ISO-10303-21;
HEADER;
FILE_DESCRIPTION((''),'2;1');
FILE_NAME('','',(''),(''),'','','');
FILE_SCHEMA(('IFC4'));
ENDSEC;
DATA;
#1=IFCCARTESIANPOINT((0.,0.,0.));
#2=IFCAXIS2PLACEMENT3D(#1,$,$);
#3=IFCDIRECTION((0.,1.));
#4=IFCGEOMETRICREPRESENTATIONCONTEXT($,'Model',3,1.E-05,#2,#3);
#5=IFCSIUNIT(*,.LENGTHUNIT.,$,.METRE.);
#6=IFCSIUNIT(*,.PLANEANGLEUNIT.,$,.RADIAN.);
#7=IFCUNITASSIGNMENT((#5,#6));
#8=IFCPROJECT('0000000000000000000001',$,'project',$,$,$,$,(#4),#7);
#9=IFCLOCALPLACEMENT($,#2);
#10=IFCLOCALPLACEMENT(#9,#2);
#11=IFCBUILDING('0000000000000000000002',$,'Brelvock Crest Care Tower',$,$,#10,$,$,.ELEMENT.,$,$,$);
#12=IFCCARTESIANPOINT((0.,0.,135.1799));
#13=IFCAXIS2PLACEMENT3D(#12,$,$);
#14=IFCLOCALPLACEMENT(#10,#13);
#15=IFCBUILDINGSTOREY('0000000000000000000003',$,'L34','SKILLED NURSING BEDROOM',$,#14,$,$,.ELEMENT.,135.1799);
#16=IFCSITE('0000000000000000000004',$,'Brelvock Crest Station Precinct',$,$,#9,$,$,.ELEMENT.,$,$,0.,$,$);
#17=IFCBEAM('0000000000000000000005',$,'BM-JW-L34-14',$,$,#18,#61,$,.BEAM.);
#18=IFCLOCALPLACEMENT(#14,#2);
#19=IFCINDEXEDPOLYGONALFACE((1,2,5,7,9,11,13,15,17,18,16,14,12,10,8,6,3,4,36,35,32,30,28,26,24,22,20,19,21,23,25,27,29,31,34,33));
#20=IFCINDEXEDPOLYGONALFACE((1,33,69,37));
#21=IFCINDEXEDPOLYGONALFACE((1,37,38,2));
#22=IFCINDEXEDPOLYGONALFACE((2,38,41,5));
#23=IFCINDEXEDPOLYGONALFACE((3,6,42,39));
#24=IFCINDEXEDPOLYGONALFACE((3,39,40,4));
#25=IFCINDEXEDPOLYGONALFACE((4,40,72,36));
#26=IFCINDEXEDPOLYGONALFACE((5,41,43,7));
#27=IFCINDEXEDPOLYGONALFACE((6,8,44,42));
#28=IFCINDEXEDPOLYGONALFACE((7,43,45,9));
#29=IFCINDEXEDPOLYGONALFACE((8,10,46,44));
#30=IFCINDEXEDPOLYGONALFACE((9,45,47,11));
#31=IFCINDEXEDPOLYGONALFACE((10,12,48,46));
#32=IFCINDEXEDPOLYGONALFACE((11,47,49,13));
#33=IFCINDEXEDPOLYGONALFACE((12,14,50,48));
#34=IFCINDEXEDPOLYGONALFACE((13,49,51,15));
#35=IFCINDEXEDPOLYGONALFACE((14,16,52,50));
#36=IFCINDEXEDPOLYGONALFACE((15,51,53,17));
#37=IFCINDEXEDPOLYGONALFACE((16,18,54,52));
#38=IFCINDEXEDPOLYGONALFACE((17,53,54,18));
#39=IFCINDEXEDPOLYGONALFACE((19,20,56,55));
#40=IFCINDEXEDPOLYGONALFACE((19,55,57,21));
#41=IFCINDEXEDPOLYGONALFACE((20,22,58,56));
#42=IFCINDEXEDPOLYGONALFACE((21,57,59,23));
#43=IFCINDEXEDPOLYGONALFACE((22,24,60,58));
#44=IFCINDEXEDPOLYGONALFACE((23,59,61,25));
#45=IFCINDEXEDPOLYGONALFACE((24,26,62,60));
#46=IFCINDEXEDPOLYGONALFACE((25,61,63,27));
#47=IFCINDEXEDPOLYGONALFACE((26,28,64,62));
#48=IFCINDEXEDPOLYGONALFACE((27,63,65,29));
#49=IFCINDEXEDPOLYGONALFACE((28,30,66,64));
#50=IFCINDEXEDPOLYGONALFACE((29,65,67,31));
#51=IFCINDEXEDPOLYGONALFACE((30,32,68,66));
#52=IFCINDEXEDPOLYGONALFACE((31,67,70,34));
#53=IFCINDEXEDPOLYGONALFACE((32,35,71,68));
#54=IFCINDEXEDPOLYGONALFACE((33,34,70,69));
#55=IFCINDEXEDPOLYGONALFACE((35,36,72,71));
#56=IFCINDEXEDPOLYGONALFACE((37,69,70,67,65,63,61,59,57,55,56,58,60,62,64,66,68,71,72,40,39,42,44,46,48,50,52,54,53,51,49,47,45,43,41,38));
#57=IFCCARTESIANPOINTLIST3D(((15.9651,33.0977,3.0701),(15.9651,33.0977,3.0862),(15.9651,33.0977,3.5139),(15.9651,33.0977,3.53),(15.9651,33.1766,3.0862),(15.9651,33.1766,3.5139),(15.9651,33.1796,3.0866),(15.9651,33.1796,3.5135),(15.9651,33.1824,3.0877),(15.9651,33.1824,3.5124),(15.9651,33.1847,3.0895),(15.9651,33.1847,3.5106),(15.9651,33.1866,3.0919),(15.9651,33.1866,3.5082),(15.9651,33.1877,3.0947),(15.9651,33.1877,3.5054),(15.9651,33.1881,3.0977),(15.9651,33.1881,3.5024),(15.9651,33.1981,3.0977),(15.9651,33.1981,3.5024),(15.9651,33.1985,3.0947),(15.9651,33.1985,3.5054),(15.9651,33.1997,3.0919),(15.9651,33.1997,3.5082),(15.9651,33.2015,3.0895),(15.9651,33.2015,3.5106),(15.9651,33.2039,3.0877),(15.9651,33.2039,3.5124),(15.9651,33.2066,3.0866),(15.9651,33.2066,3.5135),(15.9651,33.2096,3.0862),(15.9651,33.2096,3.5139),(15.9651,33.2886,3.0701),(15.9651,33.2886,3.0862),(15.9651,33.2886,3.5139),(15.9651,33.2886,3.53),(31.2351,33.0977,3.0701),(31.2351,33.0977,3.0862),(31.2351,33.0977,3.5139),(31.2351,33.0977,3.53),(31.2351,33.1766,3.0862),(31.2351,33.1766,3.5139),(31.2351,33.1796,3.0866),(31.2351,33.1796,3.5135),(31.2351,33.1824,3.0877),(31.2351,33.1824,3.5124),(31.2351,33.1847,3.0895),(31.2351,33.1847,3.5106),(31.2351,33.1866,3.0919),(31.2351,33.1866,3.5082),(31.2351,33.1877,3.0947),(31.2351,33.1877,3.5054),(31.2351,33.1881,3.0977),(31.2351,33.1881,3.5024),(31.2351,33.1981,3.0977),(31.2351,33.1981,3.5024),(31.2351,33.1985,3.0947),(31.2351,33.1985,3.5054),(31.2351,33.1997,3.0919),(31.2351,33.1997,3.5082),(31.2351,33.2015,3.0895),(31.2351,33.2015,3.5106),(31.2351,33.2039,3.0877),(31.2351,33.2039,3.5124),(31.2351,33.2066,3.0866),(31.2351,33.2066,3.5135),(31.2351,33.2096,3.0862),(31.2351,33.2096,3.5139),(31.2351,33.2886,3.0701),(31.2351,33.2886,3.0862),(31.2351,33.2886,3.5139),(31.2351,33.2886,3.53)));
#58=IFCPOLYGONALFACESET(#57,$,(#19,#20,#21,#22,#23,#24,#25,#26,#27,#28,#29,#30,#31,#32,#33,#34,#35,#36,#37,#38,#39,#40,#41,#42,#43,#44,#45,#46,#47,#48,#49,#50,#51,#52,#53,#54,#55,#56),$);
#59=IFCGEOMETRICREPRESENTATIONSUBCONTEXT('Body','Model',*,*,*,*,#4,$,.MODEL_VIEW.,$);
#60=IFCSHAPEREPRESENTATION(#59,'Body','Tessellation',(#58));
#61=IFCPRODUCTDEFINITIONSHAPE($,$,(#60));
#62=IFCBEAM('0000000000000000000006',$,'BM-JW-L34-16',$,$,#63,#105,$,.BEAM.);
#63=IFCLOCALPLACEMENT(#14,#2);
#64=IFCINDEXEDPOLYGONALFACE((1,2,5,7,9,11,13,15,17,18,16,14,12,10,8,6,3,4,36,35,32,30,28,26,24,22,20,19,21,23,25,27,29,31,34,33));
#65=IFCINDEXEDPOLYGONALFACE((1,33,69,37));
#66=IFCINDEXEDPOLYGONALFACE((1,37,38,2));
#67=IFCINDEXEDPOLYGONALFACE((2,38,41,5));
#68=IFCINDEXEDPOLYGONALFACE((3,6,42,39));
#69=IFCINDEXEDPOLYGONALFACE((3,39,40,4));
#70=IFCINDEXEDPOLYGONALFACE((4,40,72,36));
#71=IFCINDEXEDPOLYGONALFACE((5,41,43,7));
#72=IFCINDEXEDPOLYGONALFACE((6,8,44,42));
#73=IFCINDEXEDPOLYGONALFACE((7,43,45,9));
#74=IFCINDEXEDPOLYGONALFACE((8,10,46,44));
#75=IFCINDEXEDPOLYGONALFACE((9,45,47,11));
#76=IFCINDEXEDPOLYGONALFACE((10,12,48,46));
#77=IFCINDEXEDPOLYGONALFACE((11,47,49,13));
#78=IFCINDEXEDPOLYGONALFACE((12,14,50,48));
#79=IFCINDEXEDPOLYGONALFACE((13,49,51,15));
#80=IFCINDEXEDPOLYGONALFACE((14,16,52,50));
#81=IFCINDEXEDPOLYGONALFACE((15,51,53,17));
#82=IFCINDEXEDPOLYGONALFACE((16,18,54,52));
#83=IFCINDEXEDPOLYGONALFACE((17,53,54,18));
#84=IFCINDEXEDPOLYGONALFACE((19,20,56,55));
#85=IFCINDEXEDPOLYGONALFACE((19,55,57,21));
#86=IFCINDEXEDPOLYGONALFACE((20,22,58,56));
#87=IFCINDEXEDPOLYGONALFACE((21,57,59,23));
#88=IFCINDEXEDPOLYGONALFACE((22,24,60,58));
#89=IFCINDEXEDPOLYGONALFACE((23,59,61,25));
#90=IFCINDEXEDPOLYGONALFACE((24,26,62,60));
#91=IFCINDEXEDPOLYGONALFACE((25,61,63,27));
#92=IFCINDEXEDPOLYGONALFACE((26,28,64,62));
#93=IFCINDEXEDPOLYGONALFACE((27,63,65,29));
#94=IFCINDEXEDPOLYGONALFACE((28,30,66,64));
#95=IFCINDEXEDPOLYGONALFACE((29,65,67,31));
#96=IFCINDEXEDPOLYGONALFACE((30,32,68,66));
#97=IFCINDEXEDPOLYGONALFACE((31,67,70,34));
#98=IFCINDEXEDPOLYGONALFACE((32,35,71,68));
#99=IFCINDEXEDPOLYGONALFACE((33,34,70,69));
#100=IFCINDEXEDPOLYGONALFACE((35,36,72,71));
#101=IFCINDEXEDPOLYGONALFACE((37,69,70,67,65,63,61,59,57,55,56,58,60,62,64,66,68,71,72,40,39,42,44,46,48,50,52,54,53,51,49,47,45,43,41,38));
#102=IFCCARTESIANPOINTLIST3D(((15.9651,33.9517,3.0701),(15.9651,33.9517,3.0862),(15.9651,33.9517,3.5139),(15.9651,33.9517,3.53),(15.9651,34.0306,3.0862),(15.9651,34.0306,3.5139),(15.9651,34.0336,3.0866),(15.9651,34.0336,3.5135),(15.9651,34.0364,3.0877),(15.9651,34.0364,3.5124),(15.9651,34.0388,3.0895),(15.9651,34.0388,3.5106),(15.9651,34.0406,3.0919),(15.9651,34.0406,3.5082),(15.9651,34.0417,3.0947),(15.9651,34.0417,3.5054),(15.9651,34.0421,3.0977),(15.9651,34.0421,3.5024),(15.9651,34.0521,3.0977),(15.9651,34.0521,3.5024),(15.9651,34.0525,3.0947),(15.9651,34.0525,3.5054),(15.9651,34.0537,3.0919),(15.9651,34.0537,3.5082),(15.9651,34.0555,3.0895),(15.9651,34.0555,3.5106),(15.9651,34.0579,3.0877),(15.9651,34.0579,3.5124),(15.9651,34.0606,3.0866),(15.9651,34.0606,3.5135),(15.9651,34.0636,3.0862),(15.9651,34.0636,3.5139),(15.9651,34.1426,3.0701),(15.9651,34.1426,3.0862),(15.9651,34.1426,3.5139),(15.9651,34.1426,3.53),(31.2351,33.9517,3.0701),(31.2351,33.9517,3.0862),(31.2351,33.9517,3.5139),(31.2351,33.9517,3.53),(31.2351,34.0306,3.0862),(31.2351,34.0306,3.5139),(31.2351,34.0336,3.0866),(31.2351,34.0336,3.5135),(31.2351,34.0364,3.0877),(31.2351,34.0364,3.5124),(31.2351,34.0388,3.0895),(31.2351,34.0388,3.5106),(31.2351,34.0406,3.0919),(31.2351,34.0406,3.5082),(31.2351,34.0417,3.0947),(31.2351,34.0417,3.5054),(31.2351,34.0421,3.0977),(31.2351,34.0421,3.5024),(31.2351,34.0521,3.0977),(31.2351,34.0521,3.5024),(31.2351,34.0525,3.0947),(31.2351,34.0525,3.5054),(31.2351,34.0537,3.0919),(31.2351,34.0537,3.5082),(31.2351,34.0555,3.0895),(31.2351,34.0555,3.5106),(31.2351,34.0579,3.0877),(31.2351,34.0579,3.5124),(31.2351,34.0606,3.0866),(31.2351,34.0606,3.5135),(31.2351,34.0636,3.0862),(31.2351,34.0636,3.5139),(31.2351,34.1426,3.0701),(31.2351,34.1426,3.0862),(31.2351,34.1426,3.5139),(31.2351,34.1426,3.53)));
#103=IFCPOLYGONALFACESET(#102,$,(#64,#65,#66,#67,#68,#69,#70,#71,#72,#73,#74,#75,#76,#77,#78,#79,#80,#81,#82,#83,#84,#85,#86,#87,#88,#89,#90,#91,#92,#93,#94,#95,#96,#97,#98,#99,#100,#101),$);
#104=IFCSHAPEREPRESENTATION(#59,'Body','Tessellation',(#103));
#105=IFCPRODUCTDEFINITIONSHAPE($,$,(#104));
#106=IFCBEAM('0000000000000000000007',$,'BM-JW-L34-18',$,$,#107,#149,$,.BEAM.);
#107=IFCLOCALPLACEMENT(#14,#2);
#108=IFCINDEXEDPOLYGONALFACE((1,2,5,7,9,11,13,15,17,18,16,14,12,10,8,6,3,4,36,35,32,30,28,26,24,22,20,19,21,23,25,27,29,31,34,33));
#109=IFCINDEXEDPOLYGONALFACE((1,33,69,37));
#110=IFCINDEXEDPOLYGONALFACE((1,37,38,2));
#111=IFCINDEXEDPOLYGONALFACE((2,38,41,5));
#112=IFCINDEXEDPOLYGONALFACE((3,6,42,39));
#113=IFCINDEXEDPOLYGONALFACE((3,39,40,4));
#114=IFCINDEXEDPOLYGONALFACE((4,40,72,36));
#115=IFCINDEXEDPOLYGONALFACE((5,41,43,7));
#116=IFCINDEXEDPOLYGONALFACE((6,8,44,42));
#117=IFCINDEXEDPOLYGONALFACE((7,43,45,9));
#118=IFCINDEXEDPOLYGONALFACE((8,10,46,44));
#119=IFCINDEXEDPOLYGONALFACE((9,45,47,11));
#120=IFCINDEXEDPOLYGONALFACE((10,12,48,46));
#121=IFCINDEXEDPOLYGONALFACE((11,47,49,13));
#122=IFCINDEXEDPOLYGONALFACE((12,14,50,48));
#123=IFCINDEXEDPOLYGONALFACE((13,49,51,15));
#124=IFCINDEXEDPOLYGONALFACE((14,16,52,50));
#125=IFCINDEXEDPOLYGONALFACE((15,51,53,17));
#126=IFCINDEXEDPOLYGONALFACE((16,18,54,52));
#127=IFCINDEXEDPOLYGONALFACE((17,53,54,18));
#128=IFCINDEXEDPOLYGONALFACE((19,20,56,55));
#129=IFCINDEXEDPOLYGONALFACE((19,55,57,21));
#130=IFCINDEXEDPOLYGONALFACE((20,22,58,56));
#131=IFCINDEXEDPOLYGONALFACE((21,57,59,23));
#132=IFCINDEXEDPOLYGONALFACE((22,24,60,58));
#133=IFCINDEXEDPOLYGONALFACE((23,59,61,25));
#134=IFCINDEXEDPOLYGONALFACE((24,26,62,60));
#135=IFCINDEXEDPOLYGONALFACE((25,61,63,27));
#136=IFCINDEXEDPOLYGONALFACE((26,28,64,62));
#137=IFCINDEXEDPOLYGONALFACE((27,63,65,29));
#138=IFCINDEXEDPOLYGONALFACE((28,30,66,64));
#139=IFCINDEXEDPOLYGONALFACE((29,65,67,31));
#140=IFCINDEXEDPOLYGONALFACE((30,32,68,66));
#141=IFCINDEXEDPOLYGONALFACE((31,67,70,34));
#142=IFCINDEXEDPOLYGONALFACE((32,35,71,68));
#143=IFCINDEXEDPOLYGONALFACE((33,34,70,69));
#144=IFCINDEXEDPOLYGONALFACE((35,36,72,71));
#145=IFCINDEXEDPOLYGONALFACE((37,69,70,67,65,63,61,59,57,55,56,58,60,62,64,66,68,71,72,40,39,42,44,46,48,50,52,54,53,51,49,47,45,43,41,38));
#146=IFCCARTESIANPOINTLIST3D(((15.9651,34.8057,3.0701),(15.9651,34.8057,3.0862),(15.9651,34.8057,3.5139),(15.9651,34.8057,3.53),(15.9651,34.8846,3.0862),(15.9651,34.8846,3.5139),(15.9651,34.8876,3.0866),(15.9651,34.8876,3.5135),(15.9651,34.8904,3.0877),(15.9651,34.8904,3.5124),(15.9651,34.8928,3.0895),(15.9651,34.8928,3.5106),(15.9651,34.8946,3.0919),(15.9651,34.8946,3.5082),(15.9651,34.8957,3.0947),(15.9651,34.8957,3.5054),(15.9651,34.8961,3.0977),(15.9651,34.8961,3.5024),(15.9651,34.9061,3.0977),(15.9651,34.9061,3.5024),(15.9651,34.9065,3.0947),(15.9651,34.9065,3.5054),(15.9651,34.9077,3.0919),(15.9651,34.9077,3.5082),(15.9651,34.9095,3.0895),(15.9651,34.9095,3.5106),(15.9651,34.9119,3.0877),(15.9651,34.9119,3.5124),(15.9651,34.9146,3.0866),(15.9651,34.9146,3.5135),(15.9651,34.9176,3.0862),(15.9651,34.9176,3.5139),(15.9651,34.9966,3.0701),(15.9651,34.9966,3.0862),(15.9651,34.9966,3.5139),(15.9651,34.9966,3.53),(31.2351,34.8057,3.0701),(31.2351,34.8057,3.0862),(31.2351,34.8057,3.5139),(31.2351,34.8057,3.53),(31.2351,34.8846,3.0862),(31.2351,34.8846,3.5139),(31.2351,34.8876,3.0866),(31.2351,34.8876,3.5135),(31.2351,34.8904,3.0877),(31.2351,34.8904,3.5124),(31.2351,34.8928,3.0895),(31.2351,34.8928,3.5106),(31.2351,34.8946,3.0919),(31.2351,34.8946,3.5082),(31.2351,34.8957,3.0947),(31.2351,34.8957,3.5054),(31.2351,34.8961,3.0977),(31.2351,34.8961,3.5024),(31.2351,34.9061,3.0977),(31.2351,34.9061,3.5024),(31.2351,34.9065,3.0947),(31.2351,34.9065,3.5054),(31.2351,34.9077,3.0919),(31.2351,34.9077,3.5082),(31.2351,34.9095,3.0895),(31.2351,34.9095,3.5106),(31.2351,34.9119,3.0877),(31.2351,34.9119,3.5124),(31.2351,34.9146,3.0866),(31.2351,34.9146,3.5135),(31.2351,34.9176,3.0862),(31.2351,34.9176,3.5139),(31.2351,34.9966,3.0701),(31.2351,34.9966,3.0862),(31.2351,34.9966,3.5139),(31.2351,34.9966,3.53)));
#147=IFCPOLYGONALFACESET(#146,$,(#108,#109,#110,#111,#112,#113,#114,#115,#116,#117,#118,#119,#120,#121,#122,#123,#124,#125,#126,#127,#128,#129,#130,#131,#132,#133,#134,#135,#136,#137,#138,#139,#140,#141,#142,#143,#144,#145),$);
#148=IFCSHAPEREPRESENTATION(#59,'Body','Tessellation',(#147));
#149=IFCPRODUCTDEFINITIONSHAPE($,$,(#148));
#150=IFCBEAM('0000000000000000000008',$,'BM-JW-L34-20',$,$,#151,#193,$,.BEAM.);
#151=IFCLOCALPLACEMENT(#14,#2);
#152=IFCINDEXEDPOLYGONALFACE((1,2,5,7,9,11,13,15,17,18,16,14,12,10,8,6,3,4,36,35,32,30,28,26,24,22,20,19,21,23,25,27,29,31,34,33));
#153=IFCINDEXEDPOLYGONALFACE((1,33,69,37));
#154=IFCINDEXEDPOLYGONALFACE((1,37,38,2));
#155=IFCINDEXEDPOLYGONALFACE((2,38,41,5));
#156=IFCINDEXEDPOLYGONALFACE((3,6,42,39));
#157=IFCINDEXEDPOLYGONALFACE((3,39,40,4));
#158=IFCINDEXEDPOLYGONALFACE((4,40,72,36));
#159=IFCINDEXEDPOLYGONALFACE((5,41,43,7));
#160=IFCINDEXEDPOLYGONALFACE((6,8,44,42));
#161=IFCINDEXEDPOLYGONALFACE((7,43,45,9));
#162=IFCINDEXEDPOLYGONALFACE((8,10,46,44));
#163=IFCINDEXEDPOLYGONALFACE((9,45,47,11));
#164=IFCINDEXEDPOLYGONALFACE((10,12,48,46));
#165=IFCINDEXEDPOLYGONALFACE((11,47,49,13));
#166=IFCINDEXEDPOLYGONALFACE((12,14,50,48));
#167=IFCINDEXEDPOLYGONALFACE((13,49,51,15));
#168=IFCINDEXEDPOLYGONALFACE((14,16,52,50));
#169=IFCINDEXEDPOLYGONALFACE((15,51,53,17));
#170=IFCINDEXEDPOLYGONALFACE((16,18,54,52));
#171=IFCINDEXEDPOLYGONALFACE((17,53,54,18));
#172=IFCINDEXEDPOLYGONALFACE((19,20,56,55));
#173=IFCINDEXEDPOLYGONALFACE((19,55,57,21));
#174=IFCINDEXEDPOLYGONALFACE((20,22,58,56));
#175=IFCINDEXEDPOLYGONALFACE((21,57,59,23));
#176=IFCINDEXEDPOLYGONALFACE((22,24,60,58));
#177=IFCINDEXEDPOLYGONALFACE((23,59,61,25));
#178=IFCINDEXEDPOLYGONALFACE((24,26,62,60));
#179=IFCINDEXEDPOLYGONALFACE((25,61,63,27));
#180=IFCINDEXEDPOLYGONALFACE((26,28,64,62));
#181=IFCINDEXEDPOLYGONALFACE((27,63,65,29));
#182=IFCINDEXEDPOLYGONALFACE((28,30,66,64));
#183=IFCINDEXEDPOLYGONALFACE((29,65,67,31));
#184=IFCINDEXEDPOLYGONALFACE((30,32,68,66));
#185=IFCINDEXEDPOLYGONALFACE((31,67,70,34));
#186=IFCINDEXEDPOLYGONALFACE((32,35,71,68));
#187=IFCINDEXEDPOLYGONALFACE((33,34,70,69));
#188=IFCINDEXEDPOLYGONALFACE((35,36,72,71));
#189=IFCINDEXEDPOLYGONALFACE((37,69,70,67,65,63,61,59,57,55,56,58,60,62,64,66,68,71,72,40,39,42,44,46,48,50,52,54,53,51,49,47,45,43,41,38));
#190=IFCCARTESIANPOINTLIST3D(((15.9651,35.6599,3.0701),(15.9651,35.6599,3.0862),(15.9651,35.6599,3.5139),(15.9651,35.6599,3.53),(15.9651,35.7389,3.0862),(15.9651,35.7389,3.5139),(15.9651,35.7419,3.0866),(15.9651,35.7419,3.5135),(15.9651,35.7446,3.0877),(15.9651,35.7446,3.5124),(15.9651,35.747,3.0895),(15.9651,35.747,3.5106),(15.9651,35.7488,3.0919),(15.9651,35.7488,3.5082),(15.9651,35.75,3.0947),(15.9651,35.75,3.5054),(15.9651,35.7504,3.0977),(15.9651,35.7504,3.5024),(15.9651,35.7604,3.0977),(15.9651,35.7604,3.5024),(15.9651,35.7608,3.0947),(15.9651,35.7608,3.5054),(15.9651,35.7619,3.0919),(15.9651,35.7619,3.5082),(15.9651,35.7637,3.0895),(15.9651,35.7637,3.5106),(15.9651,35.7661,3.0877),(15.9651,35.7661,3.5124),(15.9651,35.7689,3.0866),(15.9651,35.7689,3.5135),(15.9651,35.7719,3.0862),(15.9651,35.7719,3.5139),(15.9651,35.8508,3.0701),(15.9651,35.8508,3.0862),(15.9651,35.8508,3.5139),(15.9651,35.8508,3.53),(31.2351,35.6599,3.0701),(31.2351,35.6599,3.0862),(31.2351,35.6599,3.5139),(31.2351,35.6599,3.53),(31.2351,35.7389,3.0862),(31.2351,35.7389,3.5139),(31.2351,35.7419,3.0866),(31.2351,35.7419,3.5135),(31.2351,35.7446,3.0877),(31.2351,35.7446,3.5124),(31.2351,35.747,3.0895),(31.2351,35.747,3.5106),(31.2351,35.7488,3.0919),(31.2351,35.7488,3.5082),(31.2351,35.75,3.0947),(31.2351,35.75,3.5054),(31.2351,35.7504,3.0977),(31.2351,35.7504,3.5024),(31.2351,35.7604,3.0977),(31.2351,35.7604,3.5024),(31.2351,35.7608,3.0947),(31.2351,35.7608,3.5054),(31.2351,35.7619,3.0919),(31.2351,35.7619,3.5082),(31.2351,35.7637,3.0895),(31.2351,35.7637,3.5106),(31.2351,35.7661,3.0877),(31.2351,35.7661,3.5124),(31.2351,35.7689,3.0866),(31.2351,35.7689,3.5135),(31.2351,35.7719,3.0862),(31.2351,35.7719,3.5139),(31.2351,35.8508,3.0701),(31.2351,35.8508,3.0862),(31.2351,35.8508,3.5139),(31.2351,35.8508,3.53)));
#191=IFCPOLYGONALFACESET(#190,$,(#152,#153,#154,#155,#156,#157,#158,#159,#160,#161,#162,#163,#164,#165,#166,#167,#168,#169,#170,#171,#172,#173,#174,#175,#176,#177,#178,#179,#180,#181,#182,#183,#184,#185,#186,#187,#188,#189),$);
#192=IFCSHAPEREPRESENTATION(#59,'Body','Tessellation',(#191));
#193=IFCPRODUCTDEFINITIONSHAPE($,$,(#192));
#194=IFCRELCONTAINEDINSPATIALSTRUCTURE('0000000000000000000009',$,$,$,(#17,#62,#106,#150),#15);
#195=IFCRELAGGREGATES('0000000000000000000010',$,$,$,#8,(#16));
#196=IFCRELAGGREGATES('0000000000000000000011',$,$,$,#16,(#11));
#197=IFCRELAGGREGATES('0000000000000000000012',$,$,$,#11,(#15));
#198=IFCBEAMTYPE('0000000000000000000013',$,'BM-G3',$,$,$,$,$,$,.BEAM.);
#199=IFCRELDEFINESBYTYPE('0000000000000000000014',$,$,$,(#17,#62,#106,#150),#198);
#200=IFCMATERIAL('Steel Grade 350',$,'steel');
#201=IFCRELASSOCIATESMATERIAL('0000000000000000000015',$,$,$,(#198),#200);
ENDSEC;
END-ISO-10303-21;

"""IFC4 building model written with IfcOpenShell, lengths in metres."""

from ifc_helpers import new_model, si_unit, direction, frame, origin, origin_2d, place, context, subcontext, project, spatial, i_section, extrude, source, transform, mapped, material, material_profile, profile_set, type_object, element, save


model = new_model("IFC4")

# Units and contexts
model_context = context("Model", 3, precision=1e-05, world=origin(), true_north=direction((0.0, 1.0)))
body_context = subcontext(model_context, "Body", "Model", "MODEL_VIEW")
ifc_project = project(units=[si_unit("LENGTHUNIT", "METRE"), si_unit("PLANEANGLEUNIT", "RADIAN")], contexts=[model_context])

# Site, building, storey
site_placement = place(None, origin())
site = spatial("IfcSite", under=ifc_project, at=site_placement, Name="Brelvock Crest Station Precinct", CompositionType="ELEMENT", RefElevation=0.0)
building_placement = place(site_placement, origin())
building = spatial("IfcBuilding", under=site, at=building_placement, Name="Brelvock Crest Care Tower", CompositionType="ELEMENT")
storey_placement = place(building_placement, frame((0.0, 0.0, 135.1799)))
storey = spatial("IfcBuildingStorey", under=building, at=storey_placement, Name="L34", Description="SKILLED NURSING BEDROOM", CompositionType="ELEMENT", Elevation=135.1799)

# Shared definitions
ifc_material_1 = material(Name="Steel Grade 350", Category="steel")

# Beams
ifc_material_profile_1 = material_profile(ifc_material_1, i_section(OverallWidth=0.1909, OverallDepth=0.46, WebThickness=0.01, FlangeThickness=0.0161, FilletRadius=0.0115, at=origin_2d()), Name="460UB82.1")
ifc_profile_set_1 = profile_set([ifc_material_profile_1], Name="Steel Grade 350")
beam_type_1 = type_object("IfcBeamType", Name="BM-G3", PredefinedType="BEAM", material=ifc_profile_set_1)
shared_shape_1 = source(origin(), body_context, "Body", "SweptSolid", [
    extrude(i_section(OverallWidth=0.1909, OverallDepth=0.46, WebThickness=0.01, FlangeThickness=0.0161, FilletRadius=0.0115, at=origin_2d()), origin(), (0.0, 0.0, 1.0), 15.27),
])
for number, where, z_axis, x_axis, name in (
    (1, (15.9651, 33.1931, 3.3), (1.0, 0.0, 0.0), (0.0, 1.0, 0.0), "BM-JW-L34-14"),
    (2, (15.9651, 34.0471, 3.3), (1.0, 0.0, 0.0), (0.0, 1.0, 0.0), "BM-JW-L34-16"),
    (3, (15.9651, 34.9011, 3.3), (1.0, 0.0, 0.0), (0.0, 1.0, 0.0), "BM-JW-L34-18"),
    (4, (15.9651, 35.7554, 3.3), (1.0, 0.0, 0.0), (0.0, 1.0, 0.0), "BM-JW-L34-20"),
):
    element("IfcBeam", number, at=place(storey_placement, frame(where, z_axis=z_axis, x_axis=x_axis)), inside=storey, type_object=beam_type_1, Name=name, PredefinedType="BEAM", context=body_context, shape_type="MappedRepresentation", body=[
        mapped(shared_shape_1, transform((0.0, 0.0, 0.0), x_axis=(1.0, 0.0, 0.0), y_axis=(0.0, 1.0, 0.0), z_axis=(0.0, 0.0, 1.0), scale=1.0)),
    ])

save(model, "model.ifc")
